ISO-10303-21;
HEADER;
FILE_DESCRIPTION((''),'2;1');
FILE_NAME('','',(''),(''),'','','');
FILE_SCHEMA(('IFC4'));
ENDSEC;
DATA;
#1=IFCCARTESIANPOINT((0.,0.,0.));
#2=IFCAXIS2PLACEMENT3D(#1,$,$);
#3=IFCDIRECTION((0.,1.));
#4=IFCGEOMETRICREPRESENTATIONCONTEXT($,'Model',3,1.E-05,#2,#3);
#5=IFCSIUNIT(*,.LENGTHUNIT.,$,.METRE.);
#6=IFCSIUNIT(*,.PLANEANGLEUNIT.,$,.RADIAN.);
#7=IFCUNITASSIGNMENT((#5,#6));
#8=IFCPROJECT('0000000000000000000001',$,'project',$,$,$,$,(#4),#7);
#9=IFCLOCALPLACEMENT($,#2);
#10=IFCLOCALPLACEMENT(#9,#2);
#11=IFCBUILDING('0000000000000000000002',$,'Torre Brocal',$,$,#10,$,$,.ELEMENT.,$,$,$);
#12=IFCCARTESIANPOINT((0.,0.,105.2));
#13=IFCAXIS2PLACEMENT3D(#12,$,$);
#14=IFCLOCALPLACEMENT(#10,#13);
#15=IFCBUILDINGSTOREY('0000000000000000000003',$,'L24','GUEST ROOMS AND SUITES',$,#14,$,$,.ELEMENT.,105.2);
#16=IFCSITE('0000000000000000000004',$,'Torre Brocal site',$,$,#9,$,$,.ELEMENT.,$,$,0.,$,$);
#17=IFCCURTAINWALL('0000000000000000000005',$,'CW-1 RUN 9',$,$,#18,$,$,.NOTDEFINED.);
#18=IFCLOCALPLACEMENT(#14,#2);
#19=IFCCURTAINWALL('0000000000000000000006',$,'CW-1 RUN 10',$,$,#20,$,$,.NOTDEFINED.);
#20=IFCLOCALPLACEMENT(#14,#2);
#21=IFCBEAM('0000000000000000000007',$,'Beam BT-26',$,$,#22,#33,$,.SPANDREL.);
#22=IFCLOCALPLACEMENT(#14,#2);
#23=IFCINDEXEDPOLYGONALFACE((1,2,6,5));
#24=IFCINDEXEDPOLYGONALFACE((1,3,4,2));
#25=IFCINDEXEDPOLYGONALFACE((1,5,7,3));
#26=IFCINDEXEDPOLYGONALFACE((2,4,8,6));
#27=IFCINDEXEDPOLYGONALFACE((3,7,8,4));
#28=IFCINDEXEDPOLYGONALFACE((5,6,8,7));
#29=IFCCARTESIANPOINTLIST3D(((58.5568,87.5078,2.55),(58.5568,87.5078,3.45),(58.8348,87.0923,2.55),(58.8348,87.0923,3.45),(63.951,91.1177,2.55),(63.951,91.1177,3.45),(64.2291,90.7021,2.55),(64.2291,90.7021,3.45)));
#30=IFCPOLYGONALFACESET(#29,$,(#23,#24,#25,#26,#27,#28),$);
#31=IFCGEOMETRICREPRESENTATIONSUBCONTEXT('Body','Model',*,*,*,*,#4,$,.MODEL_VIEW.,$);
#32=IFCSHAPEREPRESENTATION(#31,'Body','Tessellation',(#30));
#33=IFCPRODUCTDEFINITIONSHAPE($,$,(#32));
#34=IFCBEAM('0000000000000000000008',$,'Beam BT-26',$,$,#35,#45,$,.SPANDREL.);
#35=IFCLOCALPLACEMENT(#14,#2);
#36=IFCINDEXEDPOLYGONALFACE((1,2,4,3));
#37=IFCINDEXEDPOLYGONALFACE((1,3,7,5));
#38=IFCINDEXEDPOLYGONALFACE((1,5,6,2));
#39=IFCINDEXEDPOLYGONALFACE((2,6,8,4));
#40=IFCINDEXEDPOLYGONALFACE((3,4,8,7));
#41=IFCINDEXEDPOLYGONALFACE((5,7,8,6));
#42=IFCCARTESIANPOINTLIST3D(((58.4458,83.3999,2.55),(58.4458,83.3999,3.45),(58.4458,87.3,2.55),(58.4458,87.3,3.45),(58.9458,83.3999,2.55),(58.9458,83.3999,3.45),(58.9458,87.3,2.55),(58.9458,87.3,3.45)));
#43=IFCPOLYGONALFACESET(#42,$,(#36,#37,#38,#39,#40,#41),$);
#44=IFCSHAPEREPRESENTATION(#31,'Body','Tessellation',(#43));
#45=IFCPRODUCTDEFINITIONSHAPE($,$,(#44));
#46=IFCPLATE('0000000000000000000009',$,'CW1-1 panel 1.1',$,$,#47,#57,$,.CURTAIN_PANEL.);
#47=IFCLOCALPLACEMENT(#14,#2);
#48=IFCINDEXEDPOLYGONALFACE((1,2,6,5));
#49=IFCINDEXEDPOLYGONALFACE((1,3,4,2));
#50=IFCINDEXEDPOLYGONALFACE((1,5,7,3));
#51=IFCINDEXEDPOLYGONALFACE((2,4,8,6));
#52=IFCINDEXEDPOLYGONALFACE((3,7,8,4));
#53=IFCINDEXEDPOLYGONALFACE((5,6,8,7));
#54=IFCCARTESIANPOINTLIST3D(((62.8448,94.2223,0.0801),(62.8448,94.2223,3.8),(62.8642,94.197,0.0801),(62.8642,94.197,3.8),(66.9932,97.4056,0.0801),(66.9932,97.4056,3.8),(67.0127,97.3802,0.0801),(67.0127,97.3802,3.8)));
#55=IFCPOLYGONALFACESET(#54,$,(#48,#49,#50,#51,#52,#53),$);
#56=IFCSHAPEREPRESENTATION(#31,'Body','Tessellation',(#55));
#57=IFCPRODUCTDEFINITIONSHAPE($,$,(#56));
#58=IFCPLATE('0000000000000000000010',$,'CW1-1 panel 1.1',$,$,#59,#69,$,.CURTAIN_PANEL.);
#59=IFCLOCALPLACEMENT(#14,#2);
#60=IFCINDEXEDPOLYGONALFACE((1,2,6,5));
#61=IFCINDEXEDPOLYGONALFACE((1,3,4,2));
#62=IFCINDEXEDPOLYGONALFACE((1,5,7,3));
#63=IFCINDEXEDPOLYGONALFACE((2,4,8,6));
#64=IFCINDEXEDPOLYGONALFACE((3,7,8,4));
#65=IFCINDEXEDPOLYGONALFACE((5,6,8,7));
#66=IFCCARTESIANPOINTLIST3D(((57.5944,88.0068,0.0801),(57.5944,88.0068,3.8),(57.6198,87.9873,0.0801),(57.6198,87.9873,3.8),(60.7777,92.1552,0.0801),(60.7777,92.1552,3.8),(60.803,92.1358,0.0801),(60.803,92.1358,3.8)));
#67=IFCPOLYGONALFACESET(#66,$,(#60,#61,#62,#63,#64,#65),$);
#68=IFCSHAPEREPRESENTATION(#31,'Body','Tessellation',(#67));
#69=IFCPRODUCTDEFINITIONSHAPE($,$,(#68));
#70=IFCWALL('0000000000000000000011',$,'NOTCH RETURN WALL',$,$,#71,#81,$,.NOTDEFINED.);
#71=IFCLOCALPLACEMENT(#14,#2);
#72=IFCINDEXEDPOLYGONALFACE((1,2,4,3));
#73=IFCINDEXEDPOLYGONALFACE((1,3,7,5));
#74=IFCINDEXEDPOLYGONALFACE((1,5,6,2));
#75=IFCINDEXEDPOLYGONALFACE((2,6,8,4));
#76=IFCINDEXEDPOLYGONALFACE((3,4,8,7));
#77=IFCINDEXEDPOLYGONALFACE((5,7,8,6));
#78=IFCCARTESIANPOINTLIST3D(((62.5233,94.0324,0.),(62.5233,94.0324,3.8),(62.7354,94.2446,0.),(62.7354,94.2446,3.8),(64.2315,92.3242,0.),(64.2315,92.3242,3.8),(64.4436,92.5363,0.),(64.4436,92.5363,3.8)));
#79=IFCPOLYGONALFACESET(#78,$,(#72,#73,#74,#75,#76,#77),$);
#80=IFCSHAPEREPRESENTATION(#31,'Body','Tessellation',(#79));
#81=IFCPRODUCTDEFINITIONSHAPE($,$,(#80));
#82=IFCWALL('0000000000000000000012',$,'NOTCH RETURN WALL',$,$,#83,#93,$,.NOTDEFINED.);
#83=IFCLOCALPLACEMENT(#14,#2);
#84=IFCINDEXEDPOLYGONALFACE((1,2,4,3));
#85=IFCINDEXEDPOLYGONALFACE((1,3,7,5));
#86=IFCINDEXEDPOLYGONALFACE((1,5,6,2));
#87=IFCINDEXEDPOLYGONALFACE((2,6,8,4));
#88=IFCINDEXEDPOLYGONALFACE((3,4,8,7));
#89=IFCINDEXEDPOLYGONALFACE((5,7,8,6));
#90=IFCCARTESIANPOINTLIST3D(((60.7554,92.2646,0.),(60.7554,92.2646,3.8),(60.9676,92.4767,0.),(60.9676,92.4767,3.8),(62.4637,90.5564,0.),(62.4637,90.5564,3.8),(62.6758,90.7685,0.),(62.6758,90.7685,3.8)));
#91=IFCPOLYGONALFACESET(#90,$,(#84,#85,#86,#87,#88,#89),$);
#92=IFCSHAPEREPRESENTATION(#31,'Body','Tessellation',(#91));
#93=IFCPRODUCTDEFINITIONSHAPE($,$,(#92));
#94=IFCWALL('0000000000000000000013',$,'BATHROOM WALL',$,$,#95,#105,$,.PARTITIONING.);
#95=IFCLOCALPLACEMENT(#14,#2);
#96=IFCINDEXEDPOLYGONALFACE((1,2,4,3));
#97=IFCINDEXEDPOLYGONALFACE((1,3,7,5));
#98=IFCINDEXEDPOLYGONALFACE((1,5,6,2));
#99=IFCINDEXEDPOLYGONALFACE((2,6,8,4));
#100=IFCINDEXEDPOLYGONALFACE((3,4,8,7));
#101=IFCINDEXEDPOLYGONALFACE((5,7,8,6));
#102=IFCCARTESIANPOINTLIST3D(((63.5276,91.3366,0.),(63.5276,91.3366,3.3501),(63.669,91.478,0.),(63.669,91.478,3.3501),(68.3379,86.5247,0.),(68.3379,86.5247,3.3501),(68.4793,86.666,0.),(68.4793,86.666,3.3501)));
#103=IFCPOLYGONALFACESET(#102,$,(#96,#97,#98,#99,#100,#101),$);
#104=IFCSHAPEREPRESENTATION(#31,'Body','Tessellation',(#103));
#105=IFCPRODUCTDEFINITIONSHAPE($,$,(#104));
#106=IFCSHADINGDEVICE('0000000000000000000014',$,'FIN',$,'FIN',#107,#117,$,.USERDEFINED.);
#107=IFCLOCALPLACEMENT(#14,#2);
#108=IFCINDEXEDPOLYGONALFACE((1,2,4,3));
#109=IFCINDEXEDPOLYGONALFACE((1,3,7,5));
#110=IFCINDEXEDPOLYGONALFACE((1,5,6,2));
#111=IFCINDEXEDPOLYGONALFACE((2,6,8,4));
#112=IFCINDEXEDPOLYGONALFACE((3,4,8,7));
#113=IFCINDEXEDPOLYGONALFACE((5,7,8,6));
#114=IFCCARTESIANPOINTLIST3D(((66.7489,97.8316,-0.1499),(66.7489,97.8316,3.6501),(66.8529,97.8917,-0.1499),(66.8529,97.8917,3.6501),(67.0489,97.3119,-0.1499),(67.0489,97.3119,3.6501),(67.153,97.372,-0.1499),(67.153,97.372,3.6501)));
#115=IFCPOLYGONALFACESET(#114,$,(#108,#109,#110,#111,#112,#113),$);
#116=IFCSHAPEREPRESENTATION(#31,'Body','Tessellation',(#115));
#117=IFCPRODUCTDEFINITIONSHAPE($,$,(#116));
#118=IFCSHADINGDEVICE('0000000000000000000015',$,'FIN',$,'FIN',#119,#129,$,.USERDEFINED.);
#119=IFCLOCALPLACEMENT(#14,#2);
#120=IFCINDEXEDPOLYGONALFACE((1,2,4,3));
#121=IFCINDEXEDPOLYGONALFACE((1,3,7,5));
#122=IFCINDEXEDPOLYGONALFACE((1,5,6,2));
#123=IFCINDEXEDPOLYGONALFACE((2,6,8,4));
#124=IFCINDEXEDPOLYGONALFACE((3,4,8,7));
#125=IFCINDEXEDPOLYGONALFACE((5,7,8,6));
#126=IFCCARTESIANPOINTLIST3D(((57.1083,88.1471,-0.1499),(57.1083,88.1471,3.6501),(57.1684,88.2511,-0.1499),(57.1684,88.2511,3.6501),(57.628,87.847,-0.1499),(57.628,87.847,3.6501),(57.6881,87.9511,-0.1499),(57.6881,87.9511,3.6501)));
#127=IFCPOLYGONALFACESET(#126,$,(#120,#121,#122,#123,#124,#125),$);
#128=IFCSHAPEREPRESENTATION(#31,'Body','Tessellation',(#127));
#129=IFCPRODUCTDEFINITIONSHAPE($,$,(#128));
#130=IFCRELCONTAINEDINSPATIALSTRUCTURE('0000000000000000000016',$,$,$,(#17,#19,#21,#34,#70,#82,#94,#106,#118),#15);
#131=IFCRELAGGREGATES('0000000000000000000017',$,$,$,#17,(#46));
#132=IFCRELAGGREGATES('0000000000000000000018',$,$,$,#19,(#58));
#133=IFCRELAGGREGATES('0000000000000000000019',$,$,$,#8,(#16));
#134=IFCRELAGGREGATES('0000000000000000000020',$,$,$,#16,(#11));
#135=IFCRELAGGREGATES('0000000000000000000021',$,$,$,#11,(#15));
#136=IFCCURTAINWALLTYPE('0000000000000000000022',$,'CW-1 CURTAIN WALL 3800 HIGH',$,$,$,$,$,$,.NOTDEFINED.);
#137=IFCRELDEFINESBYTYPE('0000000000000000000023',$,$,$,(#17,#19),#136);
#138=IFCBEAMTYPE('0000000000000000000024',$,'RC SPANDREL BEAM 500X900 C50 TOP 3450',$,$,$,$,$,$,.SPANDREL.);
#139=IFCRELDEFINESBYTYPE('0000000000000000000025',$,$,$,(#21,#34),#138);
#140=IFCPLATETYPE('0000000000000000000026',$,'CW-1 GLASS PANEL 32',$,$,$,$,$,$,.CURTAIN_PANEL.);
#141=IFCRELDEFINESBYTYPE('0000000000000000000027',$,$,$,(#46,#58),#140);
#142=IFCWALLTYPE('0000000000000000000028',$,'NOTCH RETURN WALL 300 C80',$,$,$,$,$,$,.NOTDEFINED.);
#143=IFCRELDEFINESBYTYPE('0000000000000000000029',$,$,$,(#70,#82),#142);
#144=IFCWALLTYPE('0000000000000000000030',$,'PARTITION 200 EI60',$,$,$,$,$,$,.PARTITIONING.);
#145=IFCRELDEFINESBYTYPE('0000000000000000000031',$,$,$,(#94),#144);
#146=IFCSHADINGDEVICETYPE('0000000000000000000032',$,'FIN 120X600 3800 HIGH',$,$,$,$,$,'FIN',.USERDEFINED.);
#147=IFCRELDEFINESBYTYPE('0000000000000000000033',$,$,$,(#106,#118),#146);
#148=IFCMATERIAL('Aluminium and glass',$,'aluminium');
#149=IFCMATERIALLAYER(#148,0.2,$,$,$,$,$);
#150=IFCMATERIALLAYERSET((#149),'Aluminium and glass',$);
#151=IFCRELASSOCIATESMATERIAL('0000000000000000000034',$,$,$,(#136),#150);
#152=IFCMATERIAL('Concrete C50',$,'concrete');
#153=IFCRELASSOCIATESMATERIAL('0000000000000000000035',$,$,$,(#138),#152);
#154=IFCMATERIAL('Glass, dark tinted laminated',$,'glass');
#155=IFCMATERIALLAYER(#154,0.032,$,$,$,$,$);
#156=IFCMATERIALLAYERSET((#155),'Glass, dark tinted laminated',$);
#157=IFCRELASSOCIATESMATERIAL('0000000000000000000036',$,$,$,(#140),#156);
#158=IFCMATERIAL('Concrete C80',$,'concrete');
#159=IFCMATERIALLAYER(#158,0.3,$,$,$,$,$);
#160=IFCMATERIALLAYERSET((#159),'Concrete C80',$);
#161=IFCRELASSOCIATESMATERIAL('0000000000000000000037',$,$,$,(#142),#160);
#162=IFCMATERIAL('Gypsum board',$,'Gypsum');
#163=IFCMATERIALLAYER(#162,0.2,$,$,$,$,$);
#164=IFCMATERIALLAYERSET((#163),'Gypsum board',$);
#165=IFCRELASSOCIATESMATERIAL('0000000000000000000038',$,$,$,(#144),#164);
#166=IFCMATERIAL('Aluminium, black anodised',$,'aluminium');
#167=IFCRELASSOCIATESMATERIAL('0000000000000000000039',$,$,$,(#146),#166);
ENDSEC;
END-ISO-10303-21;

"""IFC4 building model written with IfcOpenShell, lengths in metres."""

from ifc_helpers import new_model, si_unit, direction, frame, frame_2d, origin, origin_2d, place, context, subcontext, project, spatial, rectangle, extrude, material, layer, layer_set, material_profile, profile_set, type_object, element, aggregate, save


model = new_model("IFC4")

# Units and contexts
model_context = context("Model", 3, precision=1e-05, world=origin(), true_north=direction((0.0, 1.0)))
body_context = subcontext(model_context, "Body", "Model", "MODEL_VIEW")
ifc_project = project(units=[si_unit("LENGTHUNIT", "METRE"), si_unit("PLANEANGLEUNIT", "RADIAN")], contexts=[model_context])

# Site, building, storey
site_placement = place(None, origin())
site = spatial("IfcSite", under=ifc_project, at=site_placement, Name="Torre Brocal site", CompositionType="ELEMENT", RefElevation=0.0)
building_placement = place(site_placement, origin())
building = spatial("IfcBuilding", under=site, at=building_placement, Name="Torre Brocal", CompositionType="ELEMENT")
storey_placement = place(building_placement, frame((0.0, 0.0, 105.2)))
storey = spatial("IfcBuildingStorey", under=building, at=storey_placement, Name="L24", Description="GUEST ROOMS AND SUITES", CompositionType="ELEMENT", Elevation=105.2)

# Shared definitions
ifc_material_1 = material(Name="Aluminium and glass", Category="aluminium")
ifc_layer_1 = layer(ifc_material_1, 0.2)
ifc_layer_set_1 = layer_set([ifc_layer_1], Name="Aluminium and glass")
curtain_wall_type = type_object("IfcCurtainWallType", Name="CW-1 CURTAIN WALL 3800 HIGH", PredefinedType="NOTDEFINED", material=ifc_layer_set_1)

# Curtain walls
curtain_wall_1_placement = place(storey_placement, origin())
curtain_wall_1 = element("IfcCurtainWall", 1, at=curtain_wall_1_placement, inside=storey, type_object=curtain_wall_type, Name="CW-1 RUN 9", PredefinedType="NOTDEFINED")
curtain_wall_2_placement = place(storey_placement, origin())
curtain_wall_2 = element("IfcCurtainWall", 2, at=curtain_wall_2_placement, inside=storey, type_object=curtain_wall_type, Name="CW-1 RUN 10", PredefinedType="NOTDEFINED")

# Beams
ifc_material_2 = material(Name="Concrete C50", Category="concrete")
ifc_material_profile_1 = material_profile(ifc_material_2, rectangle(XDim=0.5, YDim=0.8999, at=origin_2d()), Name="RC 500X900")
ifc_profile_set_1 = profile_set([ifc_material_profile_1], Name="Concrete C50")
beam_type_1 = type_object("IfcBeamType", Name="RC SPANDREL BEAM 500X900 C50 TOP 3450", PredefinedType="SPANDREL", material=ifc_profile_set_1)
beam_1_placement = place(storey_placement, frame((64.0901, 90.9099, 3.0), z_axis=(-0.831077, -0.556158, 0.0), x_axis=(0.556158, -0.831077, 0.0)))
element("IfcBeam", 3, at=beam_1_placement, inside=storey, type_object=beam_type_1, Name="Beam BT-26", PredefinedType="SPANDREL", context=body_context, shape_type="SweptSolid", body=[
    extrude(rectangle(XDim=0.5, YDim=0.8999, at=origin_2d()), origin(), (0.0, 0.0, 1.0), 6.4907),
])
beam_2_placement = place(storey_placement, frame((58.6958, 87.3, 3.0), z_axis=(0.0, -1.0, 0.0), x_axis=(1.0, 0.0, 0.0)))
element("IfcBeam", 4, at=beam_2_placement, inside=storey, type_object=beam_type_1, Name="Beam BT-26", PredefinedType="SPANDREL", context=body_context, shape_type="SweptSolid", body=[
    extrude(rectangle(XDim=0.5, YDim=0.8999, at=origin_2d()), origin(), (0.0, 0.0, 1.0), 3.9001),
])

# Plates
ifc_material_3 = material(Name="Glass, dark tinted laminated", Category="glass")
ifc_layer_2 = layer(ifc_material_3, 0.032)
ifc_layer_set_2 = layer_set([ifc_layer_2], Name="Glass, dark tinted laminated")
plate_type = type_object("IfcPlateType", Name="CW-1 GLASS PANEL 32", PredefinedType="CURTAIN_PANEL", material=ifc_layer_set_2)
plate_1_placement = place(storey_placement, frame((64.9287, 95.8013, 0.0801), z_axis=(0.0, 0.0, 1.0), x_axis=(-0.793353, -0.608761, 0.0)))
plate_1 = element("IfcPlate", 5, at=plate_1_placement, type_object=plate_type, Name="CW1-1 panel 1.1", PredefinedType="CURTAIN_PANEL", context=body_context, shape_type="SweptSolid", body=[
    extrude(rectangle(XDim=5.229, YDim=0.032, at=origin_2d()), origin(), (0.0, 0.0, 1.0), 3.72),
])
aggregate(curtain_wall_1, [plate_1])
plate_2_placement = place(storey_placement, frame((59.1987, 90.0713, 0.0801), z_axis=(0.0, 0.0, 1.0), x_axis=(-0.608761, -0.793353, 0.0)))
plate_2 = element("IfcPlate", 6, at=plate_2_placement, type_object=plate_type, Name="CW1-1 panel 1.1", PredefinedType="CURTAIN_PANEL", context=body_context, shape_type="SweptSolid", body=[
    extrude(rectangle(XDim=5.229, YDim=0.032, at=origin_2d()), origin(), (0.0, 0.0, 1.0), 3.72),
])
aggregate(curtain_wall_2, [plate_2])

# Walls
ifc_material_4 = material(Name="Concrete C80", Category="concrete")
ifc_layer_3 = layer(ifc_material_4, 0.3)
ifc_layer_set_3 = layer_set([ifc_layer_3], Name="Concrete C80")
wall_type_1 = type_object("IfcWallType", Name="NOTCH RETURN WALL 300 C80", PredefinedType="NOTDEFINED", material=ifc_layer_set_3)
for number, where, z_axis, x_axis, name in (
    (7, (64.3376, 92.4302, 0.0), (0.0, 0.0, 1.0), (-0.707107, 0.707107, 0.0), "NOTCH RETURN WALL"),
    (8, (62.5698, 90.6624, 0.0), (0.0, 0.0, 1.0), (-0.707107, 0.707107, 0.0), "NOTCH RETURN WALL"),
):
    element("IfcWall", number, at=place(storey_placement, frame(where, z_axis=z_axis, x_axis=x_axis)), inside=storey, type_object=wall_type_1, Name=name, PredefinedType="NOTDEFINED", context=body_context, shape_type="SweptSolid", body=[
        extrude(rectangle(XDim=2.4158, YDim=0.3, at=frame_2d((1.208, 0.0))), origin(), (0.0, 0.0, 1.0), 3.8),
    ])
ifc_material_5 = material(Name="Gypsum board", Category="Gypsum")
ifc_layer_4 = layer(ifc_material_5, 0.2)
ifc_layer_set_4 = layer_set([ifc_layer_4], Name="Gypsum board")
wall_type_2 = type_object("IfcWallType", Name="PARTITION 200 EI60", PredefinedType="PARTITIONING", material=ifc_layer_set_4)
wall_placement = place(storey_placement, frame((63.5984, 91.4072, 0.0), z_axis=(0.0, 0.0, 1.0), x_axis=(0.706981, -0.707232, 0.0)))
element("IfcWall", 9, at=wall_placement, inside=storey, type_object=wall_type_2, Name="BATHROOM WALL", PredefinedType="PARTITIONING", context=body_context, shape_type="SweptSolid", body=[
    extrude(rectangle(XDim=6.804, YDim=0.2, at=frame_2d((3.4019, 0.0))), origin(), (0.0, 0.0, 1.0), 3.3501),
])

# Shading devices
ifc_material_6 = material(Name="Aluminium, black anodised", Category="aluminium")
ifc_material_profile_2 = material_profile(ifc_material_6, rectangle(XDim=0.1201, YDim=0.6001, at=origin_2d()), Name="FIN 120X600 3800 HIGH")
ifc_profile_set_2 = profile_set([ifc_material_profile_2], Name="Aluminium, black anodised")
shading_device_type = type_object("IfcShadingDeviceType", Name="FIN 120X600 3800 HIGH", ElementType="FIN", PredefinedType="USERDEFINED", material=ifc_profile_set_2)
for number, where, z_axis, x_axis, name in (
    (10, (66.9509, 97.6018, -0.1499), (0.0, 0.0, 1.0), (-0.866025, -0.5, 0.0), "FIN"),
    (11, (57.3982, 88.0491, -0.1499), (0.0, 0.0, 1.0), (-0.5, -0.866025, 0.0), "FIN"),
):
    element("IfcShadingDevice", number, at=place(storey_placement, frame(where, z_axis=z_axis, x_axis=x_axis)), inside=storey, type_object=shading_device_type, Name=name, ObjectType="FIN", PredefinedType="USERDEFINED", context=body_context, shape_type="SweptSolid", body=[
        extrude(rectangle(XDim=0.1201, YDim=0.6001, at=origin_2d()), origin(), (0.0, 0.0, 1.0), 3.8),
    ])

save(model, "model.ifc")
